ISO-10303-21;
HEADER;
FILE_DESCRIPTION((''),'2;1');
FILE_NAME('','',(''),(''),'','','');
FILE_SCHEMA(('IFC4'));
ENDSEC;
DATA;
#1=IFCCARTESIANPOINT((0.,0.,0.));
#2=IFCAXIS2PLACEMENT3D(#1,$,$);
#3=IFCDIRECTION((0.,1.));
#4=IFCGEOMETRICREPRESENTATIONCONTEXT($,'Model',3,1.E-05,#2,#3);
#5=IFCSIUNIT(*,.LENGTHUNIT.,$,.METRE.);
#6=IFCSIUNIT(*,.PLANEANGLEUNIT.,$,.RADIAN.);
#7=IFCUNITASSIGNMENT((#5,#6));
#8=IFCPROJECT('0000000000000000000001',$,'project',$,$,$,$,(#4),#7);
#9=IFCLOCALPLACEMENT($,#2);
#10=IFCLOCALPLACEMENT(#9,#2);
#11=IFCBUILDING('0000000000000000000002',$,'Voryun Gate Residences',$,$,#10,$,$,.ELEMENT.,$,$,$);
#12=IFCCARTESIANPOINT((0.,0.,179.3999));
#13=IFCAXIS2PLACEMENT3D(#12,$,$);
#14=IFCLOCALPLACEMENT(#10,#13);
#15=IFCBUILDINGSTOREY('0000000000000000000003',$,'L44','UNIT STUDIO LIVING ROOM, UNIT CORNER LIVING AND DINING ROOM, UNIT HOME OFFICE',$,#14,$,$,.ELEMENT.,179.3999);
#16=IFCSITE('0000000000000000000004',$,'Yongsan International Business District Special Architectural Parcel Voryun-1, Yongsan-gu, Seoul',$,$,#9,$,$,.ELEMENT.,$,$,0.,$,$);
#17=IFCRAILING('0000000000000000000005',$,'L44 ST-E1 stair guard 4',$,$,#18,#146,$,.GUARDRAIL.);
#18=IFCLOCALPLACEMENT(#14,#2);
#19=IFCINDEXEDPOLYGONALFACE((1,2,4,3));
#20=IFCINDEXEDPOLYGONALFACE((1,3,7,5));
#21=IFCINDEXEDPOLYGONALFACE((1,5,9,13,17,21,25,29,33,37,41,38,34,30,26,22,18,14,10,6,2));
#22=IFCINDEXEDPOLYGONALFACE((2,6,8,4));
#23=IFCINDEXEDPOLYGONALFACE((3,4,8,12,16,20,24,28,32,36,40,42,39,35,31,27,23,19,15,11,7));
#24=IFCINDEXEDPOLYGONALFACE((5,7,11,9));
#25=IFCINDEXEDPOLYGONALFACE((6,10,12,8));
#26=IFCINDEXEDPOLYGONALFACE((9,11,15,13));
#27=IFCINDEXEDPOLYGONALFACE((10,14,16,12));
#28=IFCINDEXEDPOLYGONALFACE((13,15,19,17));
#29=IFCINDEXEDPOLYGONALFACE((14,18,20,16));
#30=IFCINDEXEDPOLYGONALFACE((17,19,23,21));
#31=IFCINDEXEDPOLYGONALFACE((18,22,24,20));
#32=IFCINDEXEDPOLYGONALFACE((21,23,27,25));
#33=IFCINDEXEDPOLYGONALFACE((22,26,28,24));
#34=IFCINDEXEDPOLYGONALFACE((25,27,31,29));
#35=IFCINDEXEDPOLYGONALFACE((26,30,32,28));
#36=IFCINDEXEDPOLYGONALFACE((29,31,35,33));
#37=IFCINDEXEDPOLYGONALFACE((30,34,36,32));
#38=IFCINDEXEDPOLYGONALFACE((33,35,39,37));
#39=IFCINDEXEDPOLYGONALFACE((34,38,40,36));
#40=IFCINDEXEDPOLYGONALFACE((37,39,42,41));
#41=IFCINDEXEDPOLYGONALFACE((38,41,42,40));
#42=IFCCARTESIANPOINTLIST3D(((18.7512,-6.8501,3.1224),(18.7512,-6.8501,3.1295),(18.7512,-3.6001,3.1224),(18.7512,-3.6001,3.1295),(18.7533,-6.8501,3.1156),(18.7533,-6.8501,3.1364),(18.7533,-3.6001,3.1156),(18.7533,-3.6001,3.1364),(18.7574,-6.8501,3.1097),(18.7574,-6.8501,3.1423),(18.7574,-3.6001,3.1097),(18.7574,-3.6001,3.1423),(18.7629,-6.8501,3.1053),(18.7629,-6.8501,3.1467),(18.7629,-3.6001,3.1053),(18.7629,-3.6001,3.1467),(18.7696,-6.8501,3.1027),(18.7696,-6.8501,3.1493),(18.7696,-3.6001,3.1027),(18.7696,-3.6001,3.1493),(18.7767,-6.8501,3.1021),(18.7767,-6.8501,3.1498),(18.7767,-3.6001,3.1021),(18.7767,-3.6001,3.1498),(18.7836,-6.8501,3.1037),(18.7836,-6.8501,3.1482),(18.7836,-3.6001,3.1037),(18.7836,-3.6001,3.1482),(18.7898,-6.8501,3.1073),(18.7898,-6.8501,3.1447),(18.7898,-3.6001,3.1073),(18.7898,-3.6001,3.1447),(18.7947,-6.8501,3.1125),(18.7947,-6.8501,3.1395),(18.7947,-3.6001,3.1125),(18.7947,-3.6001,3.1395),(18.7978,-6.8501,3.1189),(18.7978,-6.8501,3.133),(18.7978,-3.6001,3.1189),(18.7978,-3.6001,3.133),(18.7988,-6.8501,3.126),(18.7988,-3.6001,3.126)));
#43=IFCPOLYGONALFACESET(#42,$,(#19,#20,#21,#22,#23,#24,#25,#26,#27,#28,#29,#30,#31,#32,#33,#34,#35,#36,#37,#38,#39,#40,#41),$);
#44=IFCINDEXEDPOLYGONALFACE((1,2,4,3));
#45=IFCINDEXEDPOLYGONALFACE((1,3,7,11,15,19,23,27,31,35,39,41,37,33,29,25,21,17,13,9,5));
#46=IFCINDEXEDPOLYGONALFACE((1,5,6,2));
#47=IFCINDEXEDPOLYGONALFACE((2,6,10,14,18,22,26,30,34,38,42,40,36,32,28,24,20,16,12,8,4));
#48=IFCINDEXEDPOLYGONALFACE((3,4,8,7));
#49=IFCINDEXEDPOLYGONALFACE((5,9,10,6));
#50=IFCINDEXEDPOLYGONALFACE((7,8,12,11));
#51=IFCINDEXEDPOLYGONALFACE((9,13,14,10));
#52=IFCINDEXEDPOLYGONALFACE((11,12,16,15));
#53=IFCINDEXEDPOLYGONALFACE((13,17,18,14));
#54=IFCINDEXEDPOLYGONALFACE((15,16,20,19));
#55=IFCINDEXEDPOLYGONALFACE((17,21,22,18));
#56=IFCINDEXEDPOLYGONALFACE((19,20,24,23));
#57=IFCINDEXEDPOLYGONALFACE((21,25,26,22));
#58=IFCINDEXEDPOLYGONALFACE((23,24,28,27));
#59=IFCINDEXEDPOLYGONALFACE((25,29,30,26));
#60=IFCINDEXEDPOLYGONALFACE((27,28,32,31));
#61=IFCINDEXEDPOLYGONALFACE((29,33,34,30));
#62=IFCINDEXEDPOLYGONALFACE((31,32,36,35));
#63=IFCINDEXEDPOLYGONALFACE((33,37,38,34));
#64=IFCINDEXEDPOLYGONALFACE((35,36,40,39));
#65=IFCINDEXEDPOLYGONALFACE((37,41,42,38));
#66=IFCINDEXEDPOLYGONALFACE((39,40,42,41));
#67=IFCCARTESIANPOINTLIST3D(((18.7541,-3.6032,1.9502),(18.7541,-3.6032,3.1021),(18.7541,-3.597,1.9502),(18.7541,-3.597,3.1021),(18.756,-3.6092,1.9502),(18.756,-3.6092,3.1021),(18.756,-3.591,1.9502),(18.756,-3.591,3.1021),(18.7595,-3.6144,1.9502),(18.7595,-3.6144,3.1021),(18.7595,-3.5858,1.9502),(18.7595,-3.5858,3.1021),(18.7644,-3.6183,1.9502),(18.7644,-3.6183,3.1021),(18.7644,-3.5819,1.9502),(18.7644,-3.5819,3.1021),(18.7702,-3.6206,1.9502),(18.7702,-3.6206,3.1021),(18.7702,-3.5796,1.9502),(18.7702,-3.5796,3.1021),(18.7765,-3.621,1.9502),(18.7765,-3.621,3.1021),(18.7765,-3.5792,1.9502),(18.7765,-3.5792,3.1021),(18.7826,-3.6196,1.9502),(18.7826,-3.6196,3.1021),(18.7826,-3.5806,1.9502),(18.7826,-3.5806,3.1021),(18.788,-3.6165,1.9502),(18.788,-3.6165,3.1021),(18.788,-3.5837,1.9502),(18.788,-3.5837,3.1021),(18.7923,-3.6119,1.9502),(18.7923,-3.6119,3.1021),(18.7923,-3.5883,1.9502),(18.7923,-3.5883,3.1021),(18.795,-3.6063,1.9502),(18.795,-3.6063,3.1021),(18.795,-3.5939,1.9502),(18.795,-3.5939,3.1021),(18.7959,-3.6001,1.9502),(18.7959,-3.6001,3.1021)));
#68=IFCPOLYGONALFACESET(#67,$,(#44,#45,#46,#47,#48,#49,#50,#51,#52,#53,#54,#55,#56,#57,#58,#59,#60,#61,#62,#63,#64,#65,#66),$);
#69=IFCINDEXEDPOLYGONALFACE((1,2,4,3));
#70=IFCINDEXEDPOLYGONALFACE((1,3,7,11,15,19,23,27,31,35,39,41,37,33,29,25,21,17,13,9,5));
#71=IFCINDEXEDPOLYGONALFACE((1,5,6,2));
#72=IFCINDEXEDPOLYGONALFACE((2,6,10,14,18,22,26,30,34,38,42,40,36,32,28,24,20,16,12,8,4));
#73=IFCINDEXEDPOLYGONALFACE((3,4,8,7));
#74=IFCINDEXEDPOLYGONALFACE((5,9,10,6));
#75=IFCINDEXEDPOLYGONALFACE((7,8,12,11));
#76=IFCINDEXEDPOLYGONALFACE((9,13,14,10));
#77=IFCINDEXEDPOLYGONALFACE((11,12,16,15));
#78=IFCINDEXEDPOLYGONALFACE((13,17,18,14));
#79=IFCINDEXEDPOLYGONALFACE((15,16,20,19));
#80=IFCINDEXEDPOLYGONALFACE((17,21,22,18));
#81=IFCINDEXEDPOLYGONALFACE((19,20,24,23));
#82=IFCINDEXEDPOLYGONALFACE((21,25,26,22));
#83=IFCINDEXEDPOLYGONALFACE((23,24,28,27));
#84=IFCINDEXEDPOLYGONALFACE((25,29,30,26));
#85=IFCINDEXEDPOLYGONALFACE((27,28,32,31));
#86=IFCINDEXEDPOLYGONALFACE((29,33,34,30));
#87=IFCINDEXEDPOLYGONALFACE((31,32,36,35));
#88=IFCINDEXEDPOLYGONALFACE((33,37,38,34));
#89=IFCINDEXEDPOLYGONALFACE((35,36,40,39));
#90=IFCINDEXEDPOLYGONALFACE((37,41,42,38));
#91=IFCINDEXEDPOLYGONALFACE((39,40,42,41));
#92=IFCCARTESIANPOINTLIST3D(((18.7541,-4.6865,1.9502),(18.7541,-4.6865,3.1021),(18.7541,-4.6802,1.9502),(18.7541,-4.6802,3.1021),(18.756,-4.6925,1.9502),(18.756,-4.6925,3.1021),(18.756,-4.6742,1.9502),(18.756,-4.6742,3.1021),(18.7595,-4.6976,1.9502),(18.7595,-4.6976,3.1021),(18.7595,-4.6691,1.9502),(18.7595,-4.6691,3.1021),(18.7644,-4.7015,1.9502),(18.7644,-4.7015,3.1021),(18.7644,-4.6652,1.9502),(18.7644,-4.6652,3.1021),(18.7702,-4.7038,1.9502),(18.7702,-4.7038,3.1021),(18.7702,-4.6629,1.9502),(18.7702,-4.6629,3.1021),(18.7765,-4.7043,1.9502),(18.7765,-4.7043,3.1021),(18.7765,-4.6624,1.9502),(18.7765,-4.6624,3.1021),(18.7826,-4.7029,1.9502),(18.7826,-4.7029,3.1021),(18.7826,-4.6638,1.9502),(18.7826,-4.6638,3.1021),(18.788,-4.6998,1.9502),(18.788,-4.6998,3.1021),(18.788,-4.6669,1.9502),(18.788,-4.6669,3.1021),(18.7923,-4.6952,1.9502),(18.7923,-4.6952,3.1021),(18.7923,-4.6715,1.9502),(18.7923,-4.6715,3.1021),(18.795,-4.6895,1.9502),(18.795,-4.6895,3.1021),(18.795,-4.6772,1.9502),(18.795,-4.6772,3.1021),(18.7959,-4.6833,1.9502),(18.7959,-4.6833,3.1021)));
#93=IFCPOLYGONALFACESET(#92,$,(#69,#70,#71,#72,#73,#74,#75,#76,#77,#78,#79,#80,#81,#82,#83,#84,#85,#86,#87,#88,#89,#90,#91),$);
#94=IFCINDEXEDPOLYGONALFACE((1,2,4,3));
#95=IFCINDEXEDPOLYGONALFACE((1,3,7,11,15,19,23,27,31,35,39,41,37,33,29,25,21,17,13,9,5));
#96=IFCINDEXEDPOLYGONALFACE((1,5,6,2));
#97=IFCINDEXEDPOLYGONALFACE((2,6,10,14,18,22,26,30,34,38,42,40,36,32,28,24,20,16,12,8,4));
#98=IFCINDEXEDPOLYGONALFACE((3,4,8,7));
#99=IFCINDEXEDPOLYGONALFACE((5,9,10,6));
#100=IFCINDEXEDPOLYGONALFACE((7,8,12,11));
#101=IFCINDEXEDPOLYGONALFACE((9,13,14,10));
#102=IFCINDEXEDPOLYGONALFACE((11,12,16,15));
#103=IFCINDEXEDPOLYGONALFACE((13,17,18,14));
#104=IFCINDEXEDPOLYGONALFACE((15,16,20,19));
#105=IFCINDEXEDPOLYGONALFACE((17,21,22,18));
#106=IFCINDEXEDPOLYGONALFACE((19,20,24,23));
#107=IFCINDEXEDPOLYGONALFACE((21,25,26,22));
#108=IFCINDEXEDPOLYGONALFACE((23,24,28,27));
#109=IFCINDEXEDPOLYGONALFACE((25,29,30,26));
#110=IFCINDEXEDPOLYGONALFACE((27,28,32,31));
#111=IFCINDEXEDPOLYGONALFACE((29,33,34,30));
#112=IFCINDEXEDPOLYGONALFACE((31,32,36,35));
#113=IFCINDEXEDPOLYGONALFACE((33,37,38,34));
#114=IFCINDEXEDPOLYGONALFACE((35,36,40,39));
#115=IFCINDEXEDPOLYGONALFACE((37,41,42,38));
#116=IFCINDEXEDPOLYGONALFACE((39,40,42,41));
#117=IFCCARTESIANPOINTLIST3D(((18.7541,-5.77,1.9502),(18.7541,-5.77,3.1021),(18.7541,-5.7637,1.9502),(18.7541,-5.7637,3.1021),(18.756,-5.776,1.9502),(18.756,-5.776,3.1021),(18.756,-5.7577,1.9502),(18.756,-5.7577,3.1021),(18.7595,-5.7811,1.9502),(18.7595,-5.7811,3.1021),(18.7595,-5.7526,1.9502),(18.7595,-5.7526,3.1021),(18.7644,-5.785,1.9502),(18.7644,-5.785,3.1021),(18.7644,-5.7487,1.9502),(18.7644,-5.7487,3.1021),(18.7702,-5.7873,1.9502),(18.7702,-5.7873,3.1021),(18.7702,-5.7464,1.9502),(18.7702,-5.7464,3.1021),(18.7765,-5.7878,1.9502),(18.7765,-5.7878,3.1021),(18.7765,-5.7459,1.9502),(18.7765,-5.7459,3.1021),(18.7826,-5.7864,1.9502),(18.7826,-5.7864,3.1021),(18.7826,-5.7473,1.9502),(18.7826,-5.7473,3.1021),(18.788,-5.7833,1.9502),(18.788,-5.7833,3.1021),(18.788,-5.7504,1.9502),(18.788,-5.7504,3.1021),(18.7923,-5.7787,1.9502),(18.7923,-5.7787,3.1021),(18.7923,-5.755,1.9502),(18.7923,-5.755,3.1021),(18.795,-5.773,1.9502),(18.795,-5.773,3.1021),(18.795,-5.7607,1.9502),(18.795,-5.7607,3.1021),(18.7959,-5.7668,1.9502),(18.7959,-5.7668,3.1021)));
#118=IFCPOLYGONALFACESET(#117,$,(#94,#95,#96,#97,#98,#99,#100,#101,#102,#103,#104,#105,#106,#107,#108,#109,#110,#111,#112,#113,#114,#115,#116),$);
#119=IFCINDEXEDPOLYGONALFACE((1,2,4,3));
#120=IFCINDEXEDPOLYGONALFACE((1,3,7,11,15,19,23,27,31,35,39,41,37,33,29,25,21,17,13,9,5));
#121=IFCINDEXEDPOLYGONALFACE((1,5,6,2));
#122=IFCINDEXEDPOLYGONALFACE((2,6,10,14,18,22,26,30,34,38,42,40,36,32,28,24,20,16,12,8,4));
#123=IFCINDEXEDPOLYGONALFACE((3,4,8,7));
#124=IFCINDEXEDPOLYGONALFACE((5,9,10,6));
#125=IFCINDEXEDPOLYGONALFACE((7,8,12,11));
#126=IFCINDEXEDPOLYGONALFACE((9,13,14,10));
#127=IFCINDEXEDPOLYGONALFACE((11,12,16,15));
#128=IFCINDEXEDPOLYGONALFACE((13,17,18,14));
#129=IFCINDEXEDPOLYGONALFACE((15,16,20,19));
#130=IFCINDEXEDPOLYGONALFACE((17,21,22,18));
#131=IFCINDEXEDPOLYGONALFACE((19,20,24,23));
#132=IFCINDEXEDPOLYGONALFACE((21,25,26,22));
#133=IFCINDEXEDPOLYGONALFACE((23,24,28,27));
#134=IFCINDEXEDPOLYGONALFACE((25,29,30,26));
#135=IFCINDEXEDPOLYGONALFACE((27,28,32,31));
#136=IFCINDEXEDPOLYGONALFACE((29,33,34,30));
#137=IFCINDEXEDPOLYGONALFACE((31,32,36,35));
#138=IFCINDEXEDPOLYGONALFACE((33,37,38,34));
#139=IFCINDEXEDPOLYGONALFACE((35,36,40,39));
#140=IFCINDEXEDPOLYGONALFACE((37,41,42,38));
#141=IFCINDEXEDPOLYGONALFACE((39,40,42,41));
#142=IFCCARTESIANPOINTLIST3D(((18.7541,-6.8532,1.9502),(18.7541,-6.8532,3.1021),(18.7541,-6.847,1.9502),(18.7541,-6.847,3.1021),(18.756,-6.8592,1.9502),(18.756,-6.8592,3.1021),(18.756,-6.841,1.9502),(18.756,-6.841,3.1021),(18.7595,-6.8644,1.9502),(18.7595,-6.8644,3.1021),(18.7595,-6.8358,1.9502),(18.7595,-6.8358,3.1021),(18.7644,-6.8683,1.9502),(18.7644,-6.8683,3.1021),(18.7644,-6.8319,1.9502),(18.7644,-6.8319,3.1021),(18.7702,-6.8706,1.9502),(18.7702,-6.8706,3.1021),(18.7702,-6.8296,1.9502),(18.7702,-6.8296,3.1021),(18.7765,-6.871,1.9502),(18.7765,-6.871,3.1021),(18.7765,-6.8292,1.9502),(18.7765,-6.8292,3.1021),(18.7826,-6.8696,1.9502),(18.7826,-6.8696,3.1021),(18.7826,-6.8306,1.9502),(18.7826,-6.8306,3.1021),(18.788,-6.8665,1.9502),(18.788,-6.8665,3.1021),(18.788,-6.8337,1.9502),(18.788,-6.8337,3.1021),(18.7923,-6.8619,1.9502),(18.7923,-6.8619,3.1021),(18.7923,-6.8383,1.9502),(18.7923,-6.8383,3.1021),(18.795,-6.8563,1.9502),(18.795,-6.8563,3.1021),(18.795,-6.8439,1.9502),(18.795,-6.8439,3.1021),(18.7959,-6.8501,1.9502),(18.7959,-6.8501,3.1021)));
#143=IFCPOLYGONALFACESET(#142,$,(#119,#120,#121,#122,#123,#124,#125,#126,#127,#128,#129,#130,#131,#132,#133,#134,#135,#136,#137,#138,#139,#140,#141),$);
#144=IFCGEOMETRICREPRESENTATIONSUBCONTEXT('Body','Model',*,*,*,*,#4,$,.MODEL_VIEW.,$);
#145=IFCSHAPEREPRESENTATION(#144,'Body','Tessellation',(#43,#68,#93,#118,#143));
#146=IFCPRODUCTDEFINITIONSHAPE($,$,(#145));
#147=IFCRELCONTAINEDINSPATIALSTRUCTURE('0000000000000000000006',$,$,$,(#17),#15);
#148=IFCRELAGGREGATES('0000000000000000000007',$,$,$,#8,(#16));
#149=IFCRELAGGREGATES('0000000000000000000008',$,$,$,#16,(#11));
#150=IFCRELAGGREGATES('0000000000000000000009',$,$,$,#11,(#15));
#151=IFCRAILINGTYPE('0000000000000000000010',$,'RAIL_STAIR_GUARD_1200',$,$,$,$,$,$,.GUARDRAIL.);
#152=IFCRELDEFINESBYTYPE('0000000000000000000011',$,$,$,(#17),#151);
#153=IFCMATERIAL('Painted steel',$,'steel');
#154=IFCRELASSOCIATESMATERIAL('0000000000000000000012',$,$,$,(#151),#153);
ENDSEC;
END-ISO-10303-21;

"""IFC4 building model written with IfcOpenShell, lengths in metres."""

from ifc_helpers import new_model, si_unit, direction, frame, origin, origin_2d, place, context, subcontext, project, spatial, circle, extrude, material, type_object, element, save


model = new_model("IFC4")

# Units and contexts
model_context = context("Model", 3, precision=1e-05, world=origin(), true_north=direction((0.0, 1.0)))
body_context = subcontext(model_context, "Body", "Model", "MODEL_VIEW")
ifc_project = project(units=[si_unit("LENGTHUNIT", "METRE"), si_unit("PLANEANGLEUNIT", "RADIAN")], contexts=[model_context])

# Site, building, storey
site_placement = place(None, origin())
site = spatial("IfcSite", under=ifc_project, at=site_placement, Name="Yongsan International Business District Special Architectural Parcel Voryun-1, Yongsan-gu, Seoul", CompositionType="ELEMENT", RefElevation=0.0)
building_placement = place(site_placement, origin())
building = spatial("IfcBuilding", under=site, at=building_placement, Name="Voryun Gate Residences", CompositionType="ELEMENT")
storey_placement = place(building_placement, frame((0.0, 0.0, 179.3999)))
storey = spatial("IfcBuildingStorey", under=building, at=storey_placement, Name="L44", Description="UNIT STUDIO LIVING ROOM, UNIT CORNER LIVING AND DINING ROOM, UNIT HOME OFFICE", CompositionType="ELEMENT", Elevation=179.3999)

# Railing
ifc_material_1 = material(Name="Painted steel", Category="steel")
railing_type_1 = type_object("IfcRailingType", Name="RAIL_STAIR_GUARD_1200", PredefinedType="GUARDRAIL", material=ifc_material_1)
for number, where, name in (
    (1, (18.7749, -3.6001, 1.9502), "L44 ST-E1 stair guard 4"),
):
    element("IfcRailing", number, at=place(storey_placement, frame(where)), inside=storey, type_object=railing_type_1, Name=name, PredefinedType="GUARDRAIL", context=body_context, shape_type="SweptSolid", body=[
        extrude(circle(Radius=0.0239, at=origin_2d()), frame((0.0, 0.0, 1.1758), z_axis=(0.0, -1.0, 0.0), x_axis=(1.0, 0.0, 0.0)), (0.0, 0.0, 1.0), 3.25),
        extrude(circle(Radius=0.021, at=origin_2d()), origin(), (0.0, 0.0, 1.0), 1.1519),
        extrude(circle(Radius=0.021, at=origin_2d()), frame((0.0, -1.0833, 0.0)), (0.0, 0.0, 1.0), 1.1519),
        extrude(circle(Radius=0.021, at=origin_2d()), frame((0.0, -2.1667, 0.0)), (0.0, 0.0, 1.0), 1.1519),
        extrude(circle(Radius=0.021, at=origin_2d()), frame((0.0, -3.25, 0.0)), (0.0, 0.0, 1.0), 1.1519),
    ])

save(model, "model.ifc")
